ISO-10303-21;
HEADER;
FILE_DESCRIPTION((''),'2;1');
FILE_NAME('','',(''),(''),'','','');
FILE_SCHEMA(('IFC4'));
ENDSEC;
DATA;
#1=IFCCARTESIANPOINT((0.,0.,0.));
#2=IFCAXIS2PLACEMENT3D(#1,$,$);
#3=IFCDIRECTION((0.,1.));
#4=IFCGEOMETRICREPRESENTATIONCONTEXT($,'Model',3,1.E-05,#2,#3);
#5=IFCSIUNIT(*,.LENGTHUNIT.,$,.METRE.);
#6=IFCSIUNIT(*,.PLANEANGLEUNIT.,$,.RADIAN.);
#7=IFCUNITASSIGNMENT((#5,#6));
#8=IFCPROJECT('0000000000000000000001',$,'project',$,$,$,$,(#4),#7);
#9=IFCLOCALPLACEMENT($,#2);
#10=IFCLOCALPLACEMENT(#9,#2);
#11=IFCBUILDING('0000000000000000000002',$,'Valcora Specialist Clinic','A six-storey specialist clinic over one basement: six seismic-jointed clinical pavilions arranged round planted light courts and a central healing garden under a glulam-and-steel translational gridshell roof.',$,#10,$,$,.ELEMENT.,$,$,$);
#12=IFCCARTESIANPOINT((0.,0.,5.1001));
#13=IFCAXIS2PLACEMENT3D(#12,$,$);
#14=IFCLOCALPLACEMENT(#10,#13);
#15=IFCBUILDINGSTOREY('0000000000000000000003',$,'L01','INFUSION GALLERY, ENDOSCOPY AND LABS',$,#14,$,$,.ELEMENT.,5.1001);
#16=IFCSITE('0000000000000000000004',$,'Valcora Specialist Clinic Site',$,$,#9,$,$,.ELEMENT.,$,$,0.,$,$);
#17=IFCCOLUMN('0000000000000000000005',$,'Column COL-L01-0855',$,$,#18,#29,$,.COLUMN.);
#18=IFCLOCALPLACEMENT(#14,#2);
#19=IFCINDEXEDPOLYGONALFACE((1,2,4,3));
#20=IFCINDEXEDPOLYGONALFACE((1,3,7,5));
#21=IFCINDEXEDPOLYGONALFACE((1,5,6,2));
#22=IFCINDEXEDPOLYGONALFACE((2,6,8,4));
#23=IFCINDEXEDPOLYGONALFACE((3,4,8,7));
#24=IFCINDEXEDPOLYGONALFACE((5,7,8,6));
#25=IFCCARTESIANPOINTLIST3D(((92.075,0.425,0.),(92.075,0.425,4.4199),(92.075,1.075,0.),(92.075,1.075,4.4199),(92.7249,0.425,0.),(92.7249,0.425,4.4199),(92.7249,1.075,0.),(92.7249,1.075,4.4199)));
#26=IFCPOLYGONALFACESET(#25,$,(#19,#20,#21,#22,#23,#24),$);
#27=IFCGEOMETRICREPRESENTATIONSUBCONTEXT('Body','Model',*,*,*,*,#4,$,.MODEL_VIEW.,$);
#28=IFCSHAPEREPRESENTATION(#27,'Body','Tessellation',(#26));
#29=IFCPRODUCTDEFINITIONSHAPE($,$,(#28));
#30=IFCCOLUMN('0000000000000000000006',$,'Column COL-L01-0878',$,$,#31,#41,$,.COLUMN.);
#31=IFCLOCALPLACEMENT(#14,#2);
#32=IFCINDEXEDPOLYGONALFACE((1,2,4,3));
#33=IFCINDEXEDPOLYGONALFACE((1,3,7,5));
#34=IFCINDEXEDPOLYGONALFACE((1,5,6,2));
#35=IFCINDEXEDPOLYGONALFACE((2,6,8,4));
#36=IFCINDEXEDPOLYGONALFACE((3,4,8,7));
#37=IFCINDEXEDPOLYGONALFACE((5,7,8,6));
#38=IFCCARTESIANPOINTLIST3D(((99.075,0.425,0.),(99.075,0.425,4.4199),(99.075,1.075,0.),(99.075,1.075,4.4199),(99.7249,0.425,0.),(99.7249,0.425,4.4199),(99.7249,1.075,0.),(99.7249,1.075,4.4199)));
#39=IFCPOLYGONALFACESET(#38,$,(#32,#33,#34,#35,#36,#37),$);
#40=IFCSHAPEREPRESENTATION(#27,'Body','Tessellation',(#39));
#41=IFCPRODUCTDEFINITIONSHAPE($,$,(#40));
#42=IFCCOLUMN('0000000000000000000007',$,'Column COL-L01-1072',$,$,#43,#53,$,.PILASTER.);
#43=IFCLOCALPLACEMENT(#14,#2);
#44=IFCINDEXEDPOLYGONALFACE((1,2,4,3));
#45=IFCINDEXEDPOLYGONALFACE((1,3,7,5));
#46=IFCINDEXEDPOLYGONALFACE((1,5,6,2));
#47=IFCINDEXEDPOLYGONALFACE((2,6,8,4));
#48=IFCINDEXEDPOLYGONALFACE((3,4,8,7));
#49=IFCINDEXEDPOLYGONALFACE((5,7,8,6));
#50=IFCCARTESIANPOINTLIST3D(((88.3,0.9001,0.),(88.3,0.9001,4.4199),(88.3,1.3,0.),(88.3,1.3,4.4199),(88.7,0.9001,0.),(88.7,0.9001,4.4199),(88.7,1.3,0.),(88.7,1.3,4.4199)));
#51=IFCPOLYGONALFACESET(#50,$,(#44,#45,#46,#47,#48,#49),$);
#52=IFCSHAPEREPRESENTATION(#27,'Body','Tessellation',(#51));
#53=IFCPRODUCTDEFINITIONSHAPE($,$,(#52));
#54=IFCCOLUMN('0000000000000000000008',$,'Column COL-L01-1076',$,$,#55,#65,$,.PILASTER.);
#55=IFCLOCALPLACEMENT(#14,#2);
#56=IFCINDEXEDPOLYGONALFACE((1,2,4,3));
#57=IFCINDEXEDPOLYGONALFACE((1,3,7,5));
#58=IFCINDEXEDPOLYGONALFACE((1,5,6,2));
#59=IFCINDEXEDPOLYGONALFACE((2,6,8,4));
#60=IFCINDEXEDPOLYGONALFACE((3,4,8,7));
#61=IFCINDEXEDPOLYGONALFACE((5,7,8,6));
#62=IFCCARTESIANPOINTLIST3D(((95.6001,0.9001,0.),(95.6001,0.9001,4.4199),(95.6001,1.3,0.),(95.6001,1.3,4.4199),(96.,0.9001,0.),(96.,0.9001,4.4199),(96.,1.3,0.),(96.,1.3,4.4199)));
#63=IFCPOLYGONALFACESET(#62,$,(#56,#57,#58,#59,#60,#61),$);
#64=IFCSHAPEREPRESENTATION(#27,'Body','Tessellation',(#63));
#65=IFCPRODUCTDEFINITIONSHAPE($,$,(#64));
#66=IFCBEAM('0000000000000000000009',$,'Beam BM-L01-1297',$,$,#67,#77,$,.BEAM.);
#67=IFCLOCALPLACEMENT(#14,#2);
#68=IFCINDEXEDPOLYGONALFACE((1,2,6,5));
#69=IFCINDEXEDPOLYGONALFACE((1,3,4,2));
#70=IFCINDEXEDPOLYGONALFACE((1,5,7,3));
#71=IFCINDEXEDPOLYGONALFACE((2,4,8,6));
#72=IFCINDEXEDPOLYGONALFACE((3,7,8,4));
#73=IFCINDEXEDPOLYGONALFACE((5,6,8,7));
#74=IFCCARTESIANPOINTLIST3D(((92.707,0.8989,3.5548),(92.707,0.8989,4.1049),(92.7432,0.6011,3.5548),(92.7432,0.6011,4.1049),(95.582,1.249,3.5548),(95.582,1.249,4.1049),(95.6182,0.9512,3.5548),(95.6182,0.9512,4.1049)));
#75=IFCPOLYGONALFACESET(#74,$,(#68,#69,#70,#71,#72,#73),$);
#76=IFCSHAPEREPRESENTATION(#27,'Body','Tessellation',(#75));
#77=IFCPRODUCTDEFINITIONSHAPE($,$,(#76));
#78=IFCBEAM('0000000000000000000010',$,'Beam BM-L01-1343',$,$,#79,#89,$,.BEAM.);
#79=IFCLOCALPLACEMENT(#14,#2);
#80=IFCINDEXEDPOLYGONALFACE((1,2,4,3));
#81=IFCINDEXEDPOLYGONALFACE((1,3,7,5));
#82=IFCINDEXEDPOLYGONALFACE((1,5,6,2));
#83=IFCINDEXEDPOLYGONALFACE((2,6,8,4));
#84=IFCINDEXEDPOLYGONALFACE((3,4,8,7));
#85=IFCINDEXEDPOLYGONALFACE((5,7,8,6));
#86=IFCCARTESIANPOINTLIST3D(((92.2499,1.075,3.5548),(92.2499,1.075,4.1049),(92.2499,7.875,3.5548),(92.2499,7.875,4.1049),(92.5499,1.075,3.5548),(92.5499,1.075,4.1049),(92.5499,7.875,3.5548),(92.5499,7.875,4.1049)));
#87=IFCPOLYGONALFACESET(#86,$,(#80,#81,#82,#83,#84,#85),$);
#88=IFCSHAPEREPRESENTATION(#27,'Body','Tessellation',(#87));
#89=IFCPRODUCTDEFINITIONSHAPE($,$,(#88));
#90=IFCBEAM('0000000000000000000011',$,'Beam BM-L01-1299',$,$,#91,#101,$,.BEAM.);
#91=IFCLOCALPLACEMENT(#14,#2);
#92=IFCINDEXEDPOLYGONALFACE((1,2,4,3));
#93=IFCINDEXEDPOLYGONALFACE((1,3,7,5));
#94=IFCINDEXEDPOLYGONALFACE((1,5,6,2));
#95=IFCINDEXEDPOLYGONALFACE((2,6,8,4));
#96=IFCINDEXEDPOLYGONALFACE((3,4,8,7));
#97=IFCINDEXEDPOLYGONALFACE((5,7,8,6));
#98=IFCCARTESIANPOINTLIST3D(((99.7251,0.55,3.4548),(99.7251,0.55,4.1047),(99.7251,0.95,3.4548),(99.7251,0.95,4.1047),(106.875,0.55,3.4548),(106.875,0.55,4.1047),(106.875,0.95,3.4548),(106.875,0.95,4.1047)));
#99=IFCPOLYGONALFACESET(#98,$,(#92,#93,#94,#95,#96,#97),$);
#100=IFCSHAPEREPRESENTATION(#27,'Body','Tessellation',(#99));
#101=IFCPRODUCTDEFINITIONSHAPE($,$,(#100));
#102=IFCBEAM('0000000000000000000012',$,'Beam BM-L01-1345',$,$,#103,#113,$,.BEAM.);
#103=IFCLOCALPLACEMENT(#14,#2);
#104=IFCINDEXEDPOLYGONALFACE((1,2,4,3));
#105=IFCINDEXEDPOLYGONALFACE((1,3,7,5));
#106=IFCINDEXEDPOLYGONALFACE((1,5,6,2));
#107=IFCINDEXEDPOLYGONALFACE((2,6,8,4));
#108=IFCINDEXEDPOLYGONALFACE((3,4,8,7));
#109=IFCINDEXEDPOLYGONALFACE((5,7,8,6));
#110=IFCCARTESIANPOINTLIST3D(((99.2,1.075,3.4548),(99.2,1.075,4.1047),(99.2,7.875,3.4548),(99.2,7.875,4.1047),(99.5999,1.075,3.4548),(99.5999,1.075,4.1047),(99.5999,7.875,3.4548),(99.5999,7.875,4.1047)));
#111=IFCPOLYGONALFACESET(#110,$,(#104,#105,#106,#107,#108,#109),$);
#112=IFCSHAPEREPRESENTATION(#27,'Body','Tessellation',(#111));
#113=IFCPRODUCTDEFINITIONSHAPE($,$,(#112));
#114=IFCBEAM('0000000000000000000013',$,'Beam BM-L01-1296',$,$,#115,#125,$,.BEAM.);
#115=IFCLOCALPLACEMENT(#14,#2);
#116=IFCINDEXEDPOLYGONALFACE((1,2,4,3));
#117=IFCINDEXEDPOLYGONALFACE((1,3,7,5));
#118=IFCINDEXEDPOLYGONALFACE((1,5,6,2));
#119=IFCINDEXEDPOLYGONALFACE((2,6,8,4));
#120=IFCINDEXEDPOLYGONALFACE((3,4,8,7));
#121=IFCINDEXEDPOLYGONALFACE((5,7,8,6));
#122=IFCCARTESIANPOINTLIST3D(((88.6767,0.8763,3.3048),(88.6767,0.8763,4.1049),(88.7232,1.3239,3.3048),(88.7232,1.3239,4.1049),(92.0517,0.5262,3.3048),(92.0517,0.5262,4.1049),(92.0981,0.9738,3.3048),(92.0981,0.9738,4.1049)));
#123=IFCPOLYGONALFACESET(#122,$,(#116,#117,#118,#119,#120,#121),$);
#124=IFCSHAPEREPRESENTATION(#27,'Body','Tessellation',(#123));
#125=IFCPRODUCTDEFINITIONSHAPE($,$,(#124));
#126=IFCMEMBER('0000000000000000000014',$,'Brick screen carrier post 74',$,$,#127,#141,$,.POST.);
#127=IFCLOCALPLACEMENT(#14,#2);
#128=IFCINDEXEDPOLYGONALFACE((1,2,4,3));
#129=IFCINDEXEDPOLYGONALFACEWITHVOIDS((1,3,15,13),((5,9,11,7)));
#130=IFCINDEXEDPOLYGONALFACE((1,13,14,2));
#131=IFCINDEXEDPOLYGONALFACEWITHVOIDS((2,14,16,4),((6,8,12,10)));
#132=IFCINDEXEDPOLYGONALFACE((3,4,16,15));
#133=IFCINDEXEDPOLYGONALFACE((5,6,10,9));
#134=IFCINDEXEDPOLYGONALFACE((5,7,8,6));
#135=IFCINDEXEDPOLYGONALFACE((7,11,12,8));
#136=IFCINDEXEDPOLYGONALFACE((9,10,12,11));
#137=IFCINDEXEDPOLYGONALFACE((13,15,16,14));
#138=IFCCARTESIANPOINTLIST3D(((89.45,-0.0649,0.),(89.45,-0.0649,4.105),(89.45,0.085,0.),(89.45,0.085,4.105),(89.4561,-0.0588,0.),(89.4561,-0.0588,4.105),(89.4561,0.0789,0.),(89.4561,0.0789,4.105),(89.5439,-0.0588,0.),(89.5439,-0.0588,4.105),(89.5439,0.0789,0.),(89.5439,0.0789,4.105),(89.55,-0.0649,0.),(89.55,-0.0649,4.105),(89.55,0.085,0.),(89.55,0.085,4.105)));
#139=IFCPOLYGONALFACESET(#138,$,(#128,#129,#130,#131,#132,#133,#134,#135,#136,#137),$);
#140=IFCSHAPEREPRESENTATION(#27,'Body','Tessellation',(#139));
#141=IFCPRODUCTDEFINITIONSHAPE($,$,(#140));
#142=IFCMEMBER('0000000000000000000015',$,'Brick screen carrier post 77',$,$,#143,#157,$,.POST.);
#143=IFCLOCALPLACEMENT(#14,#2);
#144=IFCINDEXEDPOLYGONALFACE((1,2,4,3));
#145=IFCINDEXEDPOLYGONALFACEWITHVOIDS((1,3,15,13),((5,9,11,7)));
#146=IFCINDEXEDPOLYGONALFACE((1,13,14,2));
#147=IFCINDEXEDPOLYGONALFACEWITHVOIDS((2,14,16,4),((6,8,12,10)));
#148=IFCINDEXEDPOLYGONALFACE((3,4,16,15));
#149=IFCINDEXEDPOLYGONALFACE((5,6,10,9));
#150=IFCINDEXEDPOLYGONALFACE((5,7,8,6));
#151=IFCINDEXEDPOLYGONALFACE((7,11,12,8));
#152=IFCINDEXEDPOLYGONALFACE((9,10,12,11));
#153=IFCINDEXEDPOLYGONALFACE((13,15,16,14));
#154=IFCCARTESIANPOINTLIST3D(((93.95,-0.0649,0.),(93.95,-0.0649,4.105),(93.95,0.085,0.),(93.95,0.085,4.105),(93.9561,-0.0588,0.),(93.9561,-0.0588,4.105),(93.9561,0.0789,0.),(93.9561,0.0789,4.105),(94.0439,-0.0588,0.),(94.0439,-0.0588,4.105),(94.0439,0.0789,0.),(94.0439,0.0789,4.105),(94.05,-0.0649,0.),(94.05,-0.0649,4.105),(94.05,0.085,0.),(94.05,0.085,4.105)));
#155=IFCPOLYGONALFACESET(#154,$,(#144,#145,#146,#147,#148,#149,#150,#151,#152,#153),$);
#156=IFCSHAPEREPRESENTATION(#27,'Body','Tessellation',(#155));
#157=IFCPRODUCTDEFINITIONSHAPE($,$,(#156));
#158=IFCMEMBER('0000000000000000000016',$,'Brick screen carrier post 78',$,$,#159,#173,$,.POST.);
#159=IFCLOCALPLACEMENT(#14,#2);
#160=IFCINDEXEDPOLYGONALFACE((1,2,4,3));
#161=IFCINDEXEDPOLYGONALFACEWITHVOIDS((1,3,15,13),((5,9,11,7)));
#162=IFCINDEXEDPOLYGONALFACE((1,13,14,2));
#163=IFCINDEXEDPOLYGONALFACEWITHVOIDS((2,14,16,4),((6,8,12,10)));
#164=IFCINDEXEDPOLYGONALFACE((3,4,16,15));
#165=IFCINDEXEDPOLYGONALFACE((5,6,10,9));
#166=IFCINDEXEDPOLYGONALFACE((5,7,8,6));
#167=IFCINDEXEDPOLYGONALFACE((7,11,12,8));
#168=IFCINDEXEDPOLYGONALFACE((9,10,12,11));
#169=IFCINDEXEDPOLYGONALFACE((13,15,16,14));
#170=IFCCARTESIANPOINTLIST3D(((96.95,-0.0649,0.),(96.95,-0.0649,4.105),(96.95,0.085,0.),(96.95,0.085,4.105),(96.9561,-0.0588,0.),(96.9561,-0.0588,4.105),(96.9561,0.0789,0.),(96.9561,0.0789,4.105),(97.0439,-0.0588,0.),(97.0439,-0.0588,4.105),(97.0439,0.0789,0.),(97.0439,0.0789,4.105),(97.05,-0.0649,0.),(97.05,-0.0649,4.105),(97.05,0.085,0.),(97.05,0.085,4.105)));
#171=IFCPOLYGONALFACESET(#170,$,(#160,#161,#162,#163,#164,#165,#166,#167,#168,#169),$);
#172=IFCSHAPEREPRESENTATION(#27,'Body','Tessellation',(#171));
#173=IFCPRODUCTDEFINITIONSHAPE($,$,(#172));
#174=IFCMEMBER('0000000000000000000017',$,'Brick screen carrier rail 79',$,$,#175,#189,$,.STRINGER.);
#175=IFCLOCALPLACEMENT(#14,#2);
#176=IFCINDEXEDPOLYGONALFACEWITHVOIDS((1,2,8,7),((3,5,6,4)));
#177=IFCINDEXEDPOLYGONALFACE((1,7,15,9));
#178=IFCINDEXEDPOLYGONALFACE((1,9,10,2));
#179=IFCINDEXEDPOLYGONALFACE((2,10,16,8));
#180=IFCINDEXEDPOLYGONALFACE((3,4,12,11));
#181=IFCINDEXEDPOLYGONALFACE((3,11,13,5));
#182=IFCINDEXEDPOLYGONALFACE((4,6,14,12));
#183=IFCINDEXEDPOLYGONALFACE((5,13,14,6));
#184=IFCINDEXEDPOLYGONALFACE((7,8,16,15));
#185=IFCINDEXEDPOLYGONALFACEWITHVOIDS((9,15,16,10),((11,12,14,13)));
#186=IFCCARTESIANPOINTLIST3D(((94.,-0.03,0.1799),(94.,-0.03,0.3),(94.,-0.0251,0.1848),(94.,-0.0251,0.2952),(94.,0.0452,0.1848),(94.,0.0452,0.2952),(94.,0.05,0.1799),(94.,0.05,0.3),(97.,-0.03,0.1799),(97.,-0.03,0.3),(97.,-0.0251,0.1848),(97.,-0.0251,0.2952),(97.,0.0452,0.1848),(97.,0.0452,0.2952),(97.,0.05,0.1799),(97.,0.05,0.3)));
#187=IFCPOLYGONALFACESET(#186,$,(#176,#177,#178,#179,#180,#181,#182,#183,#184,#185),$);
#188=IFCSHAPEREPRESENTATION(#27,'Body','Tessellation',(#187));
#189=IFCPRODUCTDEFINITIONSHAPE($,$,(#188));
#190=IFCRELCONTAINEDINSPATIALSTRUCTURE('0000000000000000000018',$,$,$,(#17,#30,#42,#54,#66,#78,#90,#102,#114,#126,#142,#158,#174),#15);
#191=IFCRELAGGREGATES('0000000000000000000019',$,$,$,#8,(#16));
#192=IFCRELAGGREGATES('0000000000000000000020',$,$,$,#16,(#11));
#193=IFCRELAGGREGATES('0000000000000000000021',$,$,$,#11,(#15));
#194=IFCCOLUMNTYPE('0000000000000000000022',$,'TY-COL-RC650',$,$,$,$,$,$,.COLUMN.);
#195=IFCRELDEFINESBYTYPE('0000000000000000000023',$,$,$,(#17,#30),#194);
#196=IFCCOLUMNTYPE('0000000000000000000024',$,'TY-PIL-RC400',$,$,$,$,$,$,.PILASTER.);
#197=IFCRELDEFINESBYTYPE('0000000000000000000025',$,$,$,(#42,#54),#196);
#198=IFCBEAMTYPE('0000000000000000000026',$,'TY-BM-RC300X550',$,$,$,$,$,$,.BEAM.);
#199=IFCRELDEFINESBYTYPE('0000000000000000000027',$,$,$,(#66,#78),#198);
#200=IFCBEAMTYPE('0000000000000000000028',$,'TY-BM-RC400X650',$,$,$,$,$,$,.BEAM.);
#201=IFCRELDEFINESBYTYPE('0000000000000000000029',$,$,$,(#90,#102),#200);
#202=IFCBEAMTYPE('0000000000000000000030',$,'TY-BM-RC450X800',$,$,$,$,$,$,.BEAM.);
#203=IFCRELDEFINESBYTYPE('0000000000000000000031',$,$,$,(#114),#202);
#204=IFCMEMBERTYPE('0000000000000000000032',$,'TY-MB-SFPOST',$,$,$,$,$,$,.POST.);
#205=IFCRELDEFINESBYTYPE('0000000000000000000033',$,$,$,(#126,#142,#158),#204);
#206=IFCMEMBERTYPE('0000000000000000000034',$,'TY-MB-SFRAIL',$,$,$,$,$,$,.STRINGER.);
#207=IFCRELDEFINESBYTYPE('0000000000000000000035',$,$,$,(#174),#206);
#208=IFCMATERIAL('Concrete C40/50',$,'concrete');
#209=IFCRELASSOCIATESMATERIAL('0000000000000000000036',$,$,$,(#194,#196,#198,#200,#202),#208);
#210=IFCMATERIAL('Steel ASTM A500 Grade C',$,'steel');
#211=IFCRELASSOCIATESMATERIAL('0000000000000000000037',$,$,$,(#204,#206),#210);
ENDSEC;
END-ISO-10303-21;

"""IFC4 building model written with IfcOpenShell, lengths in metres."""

from ifc_helpers import new_model, si_unit, direction, frame, origin, origin_2d, place, context, subcontext, project, spatial, rectangle, hollow_rectangle, extrude, material, material_profile, profile_set, type_object, element, save


model = new_model("IFC4")

# Units and contexts
model_context = context("Model", 3, precision=1e-05, world=origin(), true_north=direction((0.0, 1.0)))
body_context = subcontext(model_context, "Body", "Model", "MODEL_VIEW")
ifc_project = project(units=[si_unit("LENGTHUNIT", "METRE"), si_unit("PLANEANGLEUNIT", "RADIAN")], contexts=[model_context])

# Site, building, storey
site_placement = place(None, origin())
site = spatial("IfcSite", under=ifc_project, at=site_placement, Name="Valcora Specialist Clinic Site", CompositionType="ELEMENT", RefElevation=0.0)
building_placement = place(site_placement, origin())
building = spatial("IfcBuilding", under=site, at=building_placement, Name="Valcora Specialist Clinic", Description="A six-storey specialist clinic over one basement: six seismic-jointed clinical pavilions arranged round planted light courts and a central healing garden under a glulam-and-steel translational gridshell roof.", CompositionType="ELEMENT")
storey_placement = place(building_placement, frame((0.0, 0.0, 5.1001)))
storey = spatial("IfcBuildingStorey", under=building, at=storey_placement, Name="L01", Description="INFUSION GALLERY, ENDOSCOPY AND LABS", CompositionType="ELEMENT", Elevation=5.1001)

# Columns
ifc_material_1 = material(Name="Concrete C40/50", Category="concrete")
ifc_material_profile_1 = material_profile(ifc_material_1, rectangle(XDim=0.6499, YDim=0.6499, at=origin_2d()), Name="RC-COL-650X650")
ifc_profile_set_1 = profile_set([ifc_material_profile_1], Name="Concrete C40/50")
column_type_1 = type_object("IfcColumnType", Name="TY-COL-RC650", PredefinedType="COLUMN", material=ifc_profile_set_1)
for number, where, z_axis, x_axis, name in (
    (1, (92.3999, 0.75, 0.0), (0.0, 0.0, 1.0), (1.0, 0.0, 0.0), "Column COL-L01-0855"),
    (2, (99.3999, 0.75, 0.0), (0.0, 0.0, 1.0), (1.0, 0.0, 0.0), "Column COL-L01-0878"),
):
    element("IfcColumn", number, at=place(storey_placement, frame(where, z_axis=z_axis, x_axis=x_axis)), inside=storey, type_object=column_type_1, Name=name, PredefinedType="COLUMN", context=body_context, shape_type="SweptSolid", body=[
        extrude(rectangle(XDim=0.6499, YDim=0.6499, at=origin_2d()), origin(), (0.0, 0.0, 1.0), 4.4199),
    ])
ifc_material_profile_2 = material_profile(ifc_material_1, rectangle(XDim=0.3999, YDim=0.3999, at=origin_2d()), Name="RC-COL-400X400")
ifc_profile_set_2 = profile_set([ifc_material_profile_2], Name="Concrete C40/50")
column_type_2 = type_object("IfcColumnType", Name="TY-PIL-RC400", PredefinedType="PILASTER", material=ifc_profile_set_2)
for number, where, z_axis, x_axis, name in (
    (3, (88.5, 1.1001, 0.0), (0.0, 0.0, 1.0), (1.0, 0.0, 0.0), "Column COL-L01-1072"),
    (4, (95.8, 1.1001, 0.0), (0.0, 0.0, 1.0), (1.0, 0.0, 0.0), "Column COL-L01-1076"),
):
    element("IfcColumn", number, at=place(storey_placement, frame(where, z_axis=z_axis, x_axis=x_axis)), inside=storey, type_object=column_type_2, Name=name, PredefinedType="PILASTER", context=body_context, shape_type="SweptSolid", body=[
        extrude(rectangle(XDim=0.3999, YDim=0.3999, at=origin_2d()), origin(), (0.0, 0.0, 1.0), 4.4199),
    ])

# Beams
ifc_material_profile_3 = material_profile(ifc_material_1, rectangle(XDim=0.3, YDim=0.55, at=origin_2d()), Name="RC-BM-300X550")
ifc_profile_set_3 = profile_set([ifc_material_profile_3], Name="Concrete C40/50")
beam_type_1 = type_object("IfcBeamType", Name="TY-BM-RC300X550", PredefinedType="BEAM", material=ifc_profile_set_3)
beam_1_placement = place(storey_placement, frame((92.7251, 0.75, 3.8298), z_axis=(0.992667, 0.12088, 0.0), x_axis=(-0.12088, 0.992667, 0.0)))
element("IfcBeam", 5, at=beam_1_placement, inside=storey, type_object=beam_type_1, Name="Beam BM-L01-1297", PredefinedType="BEAM", context=body_context, shape_type="SweptSolid", body=[
    extrude(rectangle(XDim=0.3, YDim=0.55, at=origin_2d()), origin(), (0.0, 0.0, 1.0), 2.8962),
])
beam_2_placement = place(storey_placement, frame((92.3999, 1.075, 3.8298), z_axis=(0.0, 1.0, 0.0), x_axis=(-1.0, 0.0, 0.0)))
element("IfcBeam", 6, at=beam_2_placement, inside=storey, type_object=beam_type_1, Name="Beam BM-L01-1343", PredefinedType="BEAM", context=body_context, shape_type="SweptSolid", body=[
    extrude(rectangle(XDim=0.3, YDim=0.55, at=origin_2d()), origin(), (0.0, 0.0, 1.0), 6.8),
])
ifc_material_profile_4 = material_profile(ifc_material_1, rectangle(XDim=0.3999, YDim=0.6499, at=origin_2d()), Name="RC-BM-400X650")
ifc_profile_set_4 = profile_set([ifc_material_profile_4], Name="Concrete C40/50")
beam_type_2 = type_object("IfcBeamType", Name="TY-BM-RC400X650", PredefinedType="BEAM", material=ifc_profile_set_4)
beam_3_placement = place(storey_placement, frame((99.7251, 0.75, 3.7798), z_axis=(1.0, 0.0, 0.0), x_axis=(0.0, 1.0, 0.0)))
element("IfcBeam", 7, at=beam_3_placement, inside=storey, type_object=beam_type_2, Name="Beam BM-L01-1299", PredefinedType="BEAM", context=body_context, shape_type="SweptSolid", body=[
    extrude(rectangle(XDim=0.3999, YDim=0.6499, at=origin_2d()), origin(), (0.0, 0.0, 1.0), 7.1499),
])
beam_4_placement = place(storey_placement, frame((99.3999, 1.075, 3.7798), z_axis=(0.0, 1.0, 0.0), x_axis=(-1.0, 0.0, 0.0)))
element("IfcBeam", 8, at=beam_4_placement, inside=storey, type_object=beam_type_2, Name="Beam BM-L01-1345", PredefinedType="BEAM", context=body_context, shape_type="SweptSolid", body=[
    extrude(rectangle(XDim=0.3999, YDim=0.6499, at=origin_2d()), origin(), (0.0, 0.0, 1.0), 6.8),
])
ifc_material_profile_5 = material_profile(ifc_material_1, rectangle(XDim=0.45, YDim=0.8, at=origin_2d()), Name="RC-BM-450X800")
ifc_profile_set_5 = profile_set([ifc_material_profile_5], Name="Concrete C40/50")
beam_type_3 = type_object("IfcBeamType", Name="TY-BM-RC450X800", PredefinedType="BEAM", material=ifc_profile_set_5)
beam_5_placement = place(storey_placement, frame((88.7, 1.1001, 3.7048), z_axis=(0.994663, -0.103179, 0.0), x_axis=(0.103179, 0.994663, 0.0)))
element("IfcBeam", 9, at=beam_5_placement, inside=storey, type_object=beam_type_3, Name="Beam BM-L01-1296", PredefinedType="BEAM", context=body_context, shape_type="SweptSolid", body=[
    extrude(rectangle(XDim=0.45, YDim=0.8, at=origin_2d()), origin(), (0.0, 0.0, 1.0), 3.3931),
])

# Members
ifc_material_2 = material(Name="Steel ASTM A500 Grade C", Category="steel")
ifc_material_profile_6 = material_profile(ifc_material_2, hollow_rectangle(XDim=0.1001, YDim=0.1499, WallThickness=0.0061, at=origin_2d()), Name="ST-RHS-150X100X6")
ifc_profile_set_6 = profile_set([ifc_material_profile_6], Name="Steel ASTM A500 Grade C")
member_type_1 = type_object("IfcMemberType", Name="TY-MB-SFPOST", PredefinedType="POST", material=ifc_profile_set_6)
for number, where, z_axis, x_axis, name in (
    (10, (89.5, 0.01, 0.0), (0.0, 0.0, 1.0), (1.0, 0.0, 0.0), "Brick screen carrier post 74"),
    (11, (94.0, 0.01, 0.0), (0.0, 0.0, 1.0), (1.0, 0.0, 0.0), "Brick screen carrier post 77"),
    (12, (97.0, 0.01, 0.0), (0.0, 0.0, 1.0), (1.0, 0.0, 0.0), "Brick screen carrier post 78"),
):
    element("IfcMember", number, at=place(storey_placement, frame(where, z_axis=z_axis, x_axis=x_axis)), inside=storey, type_object=member_type_1, Name=name, PredefinedType="POST", context=body_context, shape_type="SweptSolid", body=[
        extrude(hollow_rectangle(XDim=0.1001, YDim=0.1499, WallThickness=0.0061, at=origin_2d()), origin(), (0.0, 0.0, 1.0), 4.105),
    ])
ifc_material_profile_7 = material_profile(ifc_material_2, hollow_rectangle(XDim=0.0801, YDim=0.1201, WallThickness=0.0049, at=origin_2d()), Name="ST-RHS-120X80X5")
ifc_profile_set_7 = profile_set([ifc_material_profile_7], Name="Steel ASTM A500 Grade C")
member_type_2 = type_object("IfcMemberType", Name="TY-MB-SFRAIL", PredefinedType="STRINGER", material=ifc_profile_set_7)
for number, where, z_axis, x_axis, name in (
    (13, (94.0, 0.01, 0.24), (1.0, 0.0, 0.0), (0.0, 1.0, 0.0), "Brick screen carrier rail 79"),
):
    element("IfcMember", number, at=place(storey_placement, frame(where, z_axis=z_axis, x_axis=x_axis)), inside=storey, type_object=member_type_2, Name=name, PredefinedType="STRINGER", context=body_context, shape_type="SweptSolid", body=[
        extrude(hollow_rectangle(XDim=0.0801, YDim=0.1201, WallThickness=0.0049, at=origin_2d()), origin(), (0.0, 0.0, 1.0), 3.0),
    ])

save(model, "model.ifc")
